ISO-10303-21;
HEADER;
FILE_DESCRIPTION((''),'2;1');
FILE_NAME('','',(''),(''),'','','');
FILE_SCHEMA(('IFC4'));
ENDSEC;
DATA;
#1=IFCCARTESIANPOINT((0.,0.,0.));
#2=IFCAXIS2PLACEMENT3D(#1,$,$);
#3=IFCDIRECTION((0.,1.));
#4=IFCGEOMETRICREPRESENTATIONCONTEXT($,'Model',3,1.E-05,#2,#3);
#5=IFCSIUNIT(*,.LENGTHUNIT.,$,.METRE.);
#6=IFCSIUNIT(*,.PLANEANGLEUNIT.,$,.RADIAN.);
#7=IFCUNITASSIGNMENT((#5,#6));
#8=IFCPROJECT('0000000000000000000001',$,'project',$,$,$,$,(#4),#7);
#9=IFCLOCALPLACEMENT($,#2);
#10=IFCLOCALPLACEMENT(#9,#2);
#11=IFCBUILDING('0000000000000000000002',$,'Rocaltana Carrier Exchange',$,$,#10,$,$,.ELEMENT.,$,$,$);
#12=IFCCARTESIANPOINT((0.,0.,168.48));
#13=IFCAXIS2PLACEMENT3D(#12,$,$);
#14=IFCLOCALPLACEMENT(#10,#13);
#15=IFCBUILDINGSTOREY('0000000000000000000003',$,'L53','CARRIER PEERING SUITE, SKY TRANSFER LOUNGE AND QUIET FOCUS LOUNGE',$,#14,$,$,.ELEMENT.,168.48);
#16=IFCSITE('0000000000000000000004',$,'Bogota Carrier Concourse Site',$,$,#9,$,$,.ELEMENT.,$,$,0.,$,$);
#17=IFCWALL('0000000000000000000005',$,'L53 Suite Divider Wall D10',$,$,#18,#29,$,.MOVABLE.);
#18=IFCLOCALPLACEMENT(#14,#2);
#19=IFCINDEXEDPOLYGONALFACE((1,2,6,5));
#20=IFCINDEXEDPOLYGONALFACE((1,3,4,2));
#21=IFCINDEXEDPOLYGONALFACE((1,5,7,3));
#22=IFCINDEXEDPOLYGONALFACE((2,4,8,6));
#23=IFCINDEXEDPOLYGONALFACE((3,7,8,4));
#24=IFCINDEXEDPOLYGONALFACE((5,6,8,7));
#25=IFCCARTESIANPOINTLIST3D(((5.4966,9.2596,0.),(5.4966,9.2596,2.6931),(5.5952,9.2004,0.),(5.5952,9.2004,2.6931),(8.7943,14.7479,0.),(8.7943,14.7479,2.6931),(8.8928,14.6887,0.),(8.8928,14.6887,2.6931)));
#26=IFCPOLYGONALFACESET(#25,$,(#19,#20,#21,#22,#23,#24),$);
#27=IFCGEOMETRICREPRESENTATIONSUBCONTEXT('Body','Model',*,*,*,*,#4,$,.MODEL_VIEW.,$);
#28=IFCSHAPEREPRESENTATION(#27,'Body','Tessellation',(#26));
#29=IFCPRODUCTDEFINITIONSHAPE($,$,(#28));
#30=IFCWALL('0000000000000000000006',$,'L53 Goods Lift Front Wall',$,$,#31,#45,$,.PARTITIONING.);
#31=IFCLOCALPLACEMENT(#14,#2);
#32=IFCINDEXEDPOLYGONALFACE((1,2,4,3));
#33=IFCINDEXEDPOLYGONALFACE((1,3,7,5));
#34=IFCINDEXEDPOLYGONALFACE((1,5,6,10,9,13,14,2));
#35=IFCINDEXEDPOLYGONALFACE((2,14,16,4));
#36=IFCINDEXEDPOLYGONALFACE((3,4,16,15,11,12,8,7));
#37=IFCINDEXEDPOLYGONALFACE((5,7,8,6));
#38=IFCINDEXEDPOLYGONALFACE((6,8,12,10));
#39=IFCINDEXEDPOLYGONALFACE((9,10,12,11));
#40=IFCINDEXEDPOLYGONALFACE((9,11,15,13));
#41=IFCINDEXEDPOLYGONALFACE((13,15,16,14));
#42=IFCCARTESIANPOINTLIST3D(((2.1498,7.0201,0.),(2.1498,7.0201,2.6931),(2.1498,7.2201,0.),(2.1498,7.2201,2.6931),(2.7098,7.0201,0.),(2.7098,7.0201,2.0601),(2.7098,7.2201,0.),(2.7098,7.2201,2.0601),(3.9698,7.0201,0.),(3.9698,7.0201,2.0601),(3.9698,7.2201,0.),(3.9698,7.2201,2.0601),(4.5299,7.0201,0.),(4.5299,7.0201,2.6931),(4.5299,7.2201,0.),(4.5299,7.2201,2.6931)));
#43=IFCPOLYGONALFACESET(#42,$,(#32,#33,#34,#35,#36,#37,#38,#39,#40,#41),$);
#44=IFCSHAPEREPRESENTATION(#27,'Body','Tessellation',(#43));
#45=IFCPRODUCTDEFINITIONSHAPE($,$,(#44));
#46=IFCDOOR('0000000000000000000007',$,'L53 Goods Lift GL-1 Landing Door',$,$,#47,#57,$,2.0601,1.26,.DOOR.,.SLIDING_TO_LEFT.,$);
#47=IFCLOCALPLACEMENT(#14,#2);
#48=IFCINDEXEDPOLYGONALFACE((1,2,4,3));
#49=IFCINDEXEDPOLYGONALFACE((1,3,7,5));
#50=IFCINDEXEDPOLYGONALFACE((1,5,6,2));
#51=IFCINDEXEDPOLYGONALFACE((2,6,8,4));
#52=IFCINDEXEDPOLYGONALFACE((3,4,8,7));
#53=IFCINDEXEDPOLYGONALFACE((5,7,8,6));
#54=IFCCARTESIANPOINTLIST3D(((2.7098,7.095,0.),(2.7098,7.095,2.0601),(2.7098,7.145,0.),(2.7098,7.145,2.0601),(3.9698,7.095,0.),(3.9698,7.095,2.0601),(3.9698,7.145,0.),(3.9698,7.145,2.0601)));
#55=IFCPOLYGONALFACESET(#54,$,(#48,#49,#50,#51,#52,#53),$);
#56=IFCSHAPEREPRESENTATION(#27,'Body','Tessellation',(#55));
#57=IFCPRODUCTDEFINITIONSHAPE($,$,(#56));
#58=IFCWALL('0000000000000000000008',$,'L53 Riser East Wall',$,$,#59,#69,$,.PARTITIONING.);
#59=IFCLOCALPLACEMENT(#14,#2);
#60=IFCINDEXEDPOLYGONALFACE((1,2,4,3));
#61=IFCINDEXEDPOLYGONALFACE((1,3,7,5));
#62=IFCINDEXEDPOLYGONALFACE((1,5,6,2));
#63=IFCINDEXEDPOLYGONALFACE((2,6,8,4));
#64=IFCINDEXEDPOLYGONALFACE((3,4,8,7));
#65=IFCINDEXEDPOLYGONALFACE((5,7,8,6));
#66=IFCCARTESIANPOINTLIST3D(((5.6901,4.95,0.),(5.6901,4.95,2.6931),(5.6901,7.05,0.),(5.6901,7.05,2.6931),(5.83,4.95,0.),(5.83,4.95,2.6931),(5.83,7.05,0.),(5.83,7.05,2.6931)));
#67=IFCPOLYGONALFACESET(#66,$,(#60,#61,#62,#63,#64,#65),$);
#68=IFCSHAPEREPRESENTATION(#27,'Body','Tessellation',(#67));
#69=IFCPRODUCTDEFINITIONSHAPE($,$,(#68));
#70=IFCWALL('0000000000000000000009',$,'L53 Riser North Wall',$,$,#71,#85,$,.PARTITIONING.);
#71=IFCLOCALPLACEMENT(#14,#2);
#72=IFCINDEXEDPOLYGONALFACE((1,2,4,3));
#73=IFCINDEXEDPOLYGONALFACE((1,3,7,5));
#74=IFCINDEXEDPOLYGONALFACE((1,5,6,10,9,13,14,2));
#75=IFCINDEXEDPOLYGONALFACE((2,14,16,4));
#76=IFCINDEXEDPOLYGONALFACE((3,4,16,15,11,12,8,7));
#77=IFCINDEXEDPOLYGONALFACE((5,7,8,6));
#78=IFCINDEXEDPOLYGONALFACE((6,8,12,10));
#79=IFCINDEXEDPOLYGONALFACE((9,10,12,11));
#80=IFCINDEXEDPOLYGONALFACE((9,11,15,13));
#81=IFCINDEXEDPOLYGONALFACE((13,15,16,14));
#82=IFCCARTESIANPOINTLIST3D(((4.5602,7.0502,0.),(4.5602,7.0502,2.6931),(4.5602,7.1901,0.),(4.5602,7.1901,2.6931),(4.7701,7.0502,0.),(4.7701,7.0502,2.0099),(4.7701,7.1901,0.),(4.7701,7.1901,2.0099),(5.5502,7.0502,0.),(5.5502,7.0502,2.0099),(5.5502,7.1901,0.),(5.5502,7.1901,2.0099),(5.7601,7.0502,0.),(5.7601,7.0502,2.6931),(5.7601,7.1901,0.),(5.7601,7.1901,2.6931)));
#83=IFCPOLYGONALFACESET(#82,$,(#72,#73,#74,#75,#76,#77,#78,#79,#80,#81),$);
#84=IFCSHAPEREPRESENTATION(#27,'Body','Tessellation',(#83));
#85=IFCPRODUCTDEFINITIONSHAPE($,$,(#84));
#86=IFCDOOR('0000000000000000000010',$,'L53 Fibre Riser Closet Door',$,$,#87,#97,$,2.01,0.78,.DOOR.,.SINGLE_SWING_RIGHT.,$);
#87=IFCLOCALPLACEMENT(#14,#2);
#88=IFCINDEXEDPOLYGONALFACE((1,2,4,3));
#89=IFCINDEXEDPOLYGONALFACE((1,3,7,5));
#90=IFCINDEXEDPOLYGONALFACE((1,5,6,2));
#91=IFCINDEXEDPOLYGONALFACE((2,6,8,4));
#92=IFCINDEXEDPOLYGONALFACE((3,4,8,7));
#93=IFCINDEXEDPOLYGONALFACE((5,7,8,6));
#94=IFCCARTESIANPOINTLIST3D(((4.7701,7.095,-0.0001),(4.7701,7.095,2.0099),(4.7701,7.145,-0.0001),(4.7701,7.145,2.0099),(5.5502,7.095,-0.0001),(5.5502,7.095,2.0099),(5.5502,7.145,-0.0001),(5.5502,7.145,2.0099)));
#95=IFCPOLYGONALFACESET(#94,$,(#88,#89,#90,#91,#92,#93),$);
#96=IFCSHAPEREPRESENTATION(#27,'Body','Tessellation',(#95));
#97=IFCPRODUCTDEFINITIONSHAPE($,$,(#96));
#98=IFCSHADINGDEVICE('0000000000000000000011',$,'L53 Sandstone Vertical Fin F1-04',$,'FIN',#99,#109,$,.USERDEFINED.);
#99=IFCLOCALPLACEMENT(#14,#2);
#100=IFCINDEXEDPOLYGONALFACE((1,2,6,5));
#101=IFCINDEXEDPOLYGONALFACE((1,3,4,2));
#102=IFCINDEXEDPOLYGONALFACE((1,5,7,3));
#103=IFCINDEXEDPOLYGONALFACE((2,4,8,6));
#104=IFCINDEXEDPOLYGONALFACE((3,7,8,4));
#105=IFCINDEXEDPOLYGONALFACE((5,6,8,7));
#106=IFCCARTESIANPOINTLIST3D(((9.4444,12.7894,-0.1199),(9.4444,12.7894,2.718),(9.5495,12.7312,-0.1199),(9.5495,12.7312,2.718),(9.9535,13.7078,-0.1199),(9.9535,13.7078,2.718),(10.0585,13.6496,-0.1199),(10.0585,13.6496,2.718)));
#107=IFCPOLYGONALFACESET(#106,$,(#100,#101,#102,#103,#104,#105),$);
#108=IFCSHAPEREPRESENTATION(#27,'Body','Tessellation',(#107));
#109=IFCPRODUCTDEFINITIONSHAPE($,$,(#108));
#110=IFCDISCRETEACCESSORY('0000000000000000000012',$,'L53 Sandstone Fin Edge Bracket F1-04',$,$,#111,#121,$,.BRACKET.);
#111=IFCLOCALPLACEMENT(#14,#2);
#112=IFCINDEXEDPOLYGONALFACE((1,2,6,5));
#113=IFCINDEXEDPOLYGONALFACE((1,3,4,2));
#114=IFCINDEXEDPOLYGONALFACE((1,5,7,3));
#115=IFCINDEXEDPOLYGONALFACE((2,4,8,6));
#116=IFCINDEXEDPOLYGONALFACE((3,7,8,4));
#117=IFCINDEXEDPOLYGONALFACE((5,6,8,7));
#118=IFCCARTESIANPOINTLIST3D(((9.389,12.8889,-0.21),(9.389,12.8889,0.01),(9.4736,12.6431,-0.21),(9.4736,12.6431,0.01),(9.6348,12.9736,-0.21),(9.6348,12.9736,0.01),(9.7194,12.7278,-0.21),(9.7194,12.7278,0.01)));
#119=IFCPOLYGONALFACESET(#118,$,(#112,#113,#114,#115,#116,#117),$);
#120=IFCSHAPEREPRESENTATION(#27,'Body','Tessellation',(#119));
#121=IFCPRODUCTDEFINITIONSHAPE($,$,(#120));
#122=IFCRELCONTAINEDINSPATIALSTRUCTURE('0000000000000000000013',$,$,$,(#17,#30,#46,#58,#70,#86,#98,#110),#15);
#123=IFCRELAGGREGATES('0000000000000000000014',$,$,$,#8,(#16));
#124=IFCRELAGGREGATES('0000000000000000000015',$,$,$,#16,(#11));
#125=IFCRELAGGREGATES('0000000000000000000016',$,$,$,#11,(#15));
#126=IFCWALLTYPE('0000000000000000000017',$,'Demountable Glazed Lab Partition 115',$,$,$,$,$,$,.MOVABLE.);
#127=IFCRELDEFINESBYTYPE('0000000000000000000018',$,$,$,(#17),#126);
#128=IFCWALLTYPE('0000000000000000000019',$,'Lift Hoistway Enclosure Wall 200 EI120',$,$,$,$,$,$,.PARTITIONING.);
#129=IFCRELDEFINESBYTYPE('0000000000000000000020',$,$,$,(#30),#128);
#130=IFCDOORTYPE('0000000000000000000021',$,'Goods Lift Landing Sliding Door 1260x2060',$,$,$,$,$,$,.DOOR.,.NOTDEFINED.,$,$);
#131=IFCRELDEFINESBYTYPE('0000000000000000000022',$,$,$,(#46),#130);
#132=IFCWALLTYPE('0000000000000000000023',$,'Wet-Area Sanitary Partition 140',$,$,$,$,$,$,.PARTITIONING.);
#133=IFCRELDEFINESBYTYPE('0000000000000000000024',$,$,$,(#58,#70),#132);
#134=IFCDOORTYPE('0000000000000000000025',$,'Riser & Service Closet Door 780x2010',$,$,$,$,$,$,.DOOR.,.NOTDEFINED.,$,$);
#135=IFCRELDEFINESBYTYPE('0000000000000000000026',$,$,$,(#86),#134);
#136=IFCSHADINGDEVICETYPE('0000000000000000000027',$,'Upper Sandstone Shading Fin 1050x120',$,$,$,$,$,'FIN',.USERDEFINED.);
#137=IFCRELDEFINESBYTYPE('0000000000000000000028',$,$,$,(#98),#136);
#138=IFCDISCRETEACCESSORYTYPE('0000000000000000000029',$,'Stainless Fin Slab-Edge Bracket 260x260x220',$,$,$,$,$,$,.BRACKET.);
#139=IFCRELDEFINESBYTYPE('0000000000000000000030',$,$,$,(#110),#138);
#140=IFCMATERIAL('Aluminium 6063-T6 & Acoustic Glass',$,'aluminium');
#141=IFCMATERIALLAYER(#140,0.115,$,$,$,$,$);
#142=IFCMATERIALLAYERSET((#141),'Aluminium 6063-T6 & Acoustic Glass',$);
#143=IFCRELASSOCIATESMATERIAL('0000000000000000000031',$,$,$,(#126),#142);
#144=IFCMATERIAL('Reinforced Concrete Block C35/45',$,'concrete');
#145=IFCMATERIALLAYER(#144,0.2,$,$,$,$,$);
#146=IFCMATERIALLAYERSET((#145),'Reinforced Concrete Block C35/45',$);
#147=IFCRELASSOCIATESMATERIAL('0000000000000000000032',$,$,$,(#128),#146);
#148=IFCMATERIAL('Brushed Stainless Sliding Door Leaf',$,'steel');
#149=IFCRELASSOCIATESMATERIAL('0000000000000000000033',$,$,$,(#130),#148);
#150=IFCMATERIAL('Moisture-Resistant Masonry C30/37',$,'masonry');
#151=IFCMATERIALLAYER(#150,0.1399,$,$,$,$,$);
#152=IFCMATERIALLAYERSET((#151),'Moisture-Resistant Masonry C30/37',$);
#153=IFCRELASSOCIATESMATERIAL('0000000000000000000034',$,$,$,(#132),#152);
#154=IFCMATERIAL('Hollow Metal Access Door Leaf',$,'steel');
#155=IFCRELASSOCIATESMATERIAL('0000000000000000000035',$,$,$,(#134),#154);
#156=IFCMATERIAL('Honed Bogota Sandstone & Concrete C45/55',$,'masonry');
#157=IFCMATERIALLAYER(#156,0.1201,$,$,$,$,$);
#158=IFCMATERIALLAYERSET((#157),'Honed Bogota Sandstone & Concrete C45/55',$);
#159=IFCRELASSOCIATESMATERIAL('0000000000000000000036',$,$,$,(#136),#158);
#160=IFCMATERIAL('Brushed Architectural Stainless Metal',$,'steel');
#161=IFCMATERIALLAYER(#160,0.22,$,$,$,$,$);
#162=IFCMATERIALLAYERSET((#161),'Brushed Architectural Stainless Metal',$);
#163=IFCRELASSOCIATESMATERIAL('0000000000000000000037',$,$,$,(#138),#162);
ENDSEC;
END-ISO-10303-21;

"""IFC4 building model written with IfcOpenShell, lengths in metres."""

from ifc_helpers import new_model, si_unit, direction, frame, frame_2d, origin, origin_2d, place, context, subcontext, project, spatial, rectangle, extrude, material, layer, layer_set, type_object, element, fill, save


model = new_model("IFC4")

# Units and contexts
model_context = context("Model", 3, precision=1e-05, world=origin(), true_north=direction((0.0, 1.0)))
body_context = subcontext(model_context, "Body", "Model", "MODEL_VIEW")
ifc_project = project(units=[si_unit("LENGTHUNIT", "METRE"), si_unit("PLANEANGLEUNIT", "RADIAN")], contexts=[model_context])

# Site, building, storey
site_placement = place(None, origin())
site = spatial("IfcSite", under=ifc_project, at=site_placement, Name="Bogota Carrier Concourse Site", CompositionType="ELEMENT", RefElevation=0.0)
building_placement = place(site_placement, origin())
building = spatial("IfcBuilding", under=site, at=building_placement, Name="Rocaltana Carrier Exchange", CompositionType="ELEMENT")
storey_placement = place(building_placement, frame((0.0, 0.0, 168.48)))
storey = spatial("IfcBuildingStorey", under=building, at=storey_placement, Name="L53", Description="CARRIER PEERING SUITE, SKY TRANSFER LOUNGE AND QUIET FOCUS LOUNGE", CompositionType="ELEMENT", Elevation=168.48)

# Wall
ifc_material_1 = material(Name="Aluminium 6063-T6 & Acoustic Glass", Category="aluminium")
ifc_layer_1 = layer(ifc_material_1, 0.115)
ifc_layer_set_1 = layer_set([ifc_layer_1], Name="Aluminium 6063-T6 & Acoustic Glass")
wall_type_1 = type_object("IfcWallType", Name="Demountable Glazed Lab Partition 115", PredefinedType="MOVABLE", material=ifc_layer_set_1)
wall_1_placement = place(storey_placement, frame((5.5459, 9.23, 0.0), z_axis=(0.0, 0.0, 1.0), x_axis=(0.515028, 0.857173, 0.0)))
element("IfcWall", 1, at=wall_1_placement, inside=storey, type_object=wall_type_1, Name="L53 Suite Divider Wall D10", PredefinedType="MOVABLE", context=body_context, shape_type="SweptSolid", body=[
    extrude(rectangle(XDim=6.4028, YDim=0.115, at=frame_2d((3.2014, 0.0))), origin(), (0.0, 0.0, 1.0), 2.6931),
])

# Wall, opening, door
ifc_material_2 = material(Name="Reinforced Concrete Block C35/45", Category="concrete")
ifc_layer_2 = layer(ifc_material_2, 0.2)
ifc_layer_set_2 = layer_set([ifc_layer_2], Name="Reinforced Concrete Block C35/45")
wall_type_2 = type_object("IfcWallType", Name="Lift Hoistway Enclosure Wall 200 EI120", PredefinedType="PARTITIONING", material=ifc_layer_set_2)
wall_2_placement = place(storey_placement, frame((2.1499, 7.1201, 0.0), z_axis=(0.0, 0.0, 1.0), x_axis=(1.0, 0.0, 0.0)))
wall_2 = element("IfcWall", 2, at=wall_2_placement, inside=storey, type_object=wall_type_2, Name="L53 Goods Lift Front Wall", PredefinedType="PARTITIONING", context=body_context, shape_type="SweptSolid", body=[
    extrude(rectangle(XDim=2.3801, YDim=0.2, at=frame_2d((1.1899, 0.0))), origin(), (0.0, 0.0, 1.0), 2.6931),
])
opening_1_placement = place(wall_2_placement, frame((0.5601, 0.0, 0.0)))
opening_1 = element("IfcOpeningElement", 3, at=opening_1_placement, cuts=wall_2, PredefinedType="OPENING", context=body_context, shape_type="SweptSolid", body=[
    extrude(rectangle(XDim=1.26, YDim=2.0601, at=frame_2d((0.6299, 1.03))), frame((0.0, 0.1099, 0.0), z_axis=(0.0, -1.0, 0.0), x_axis=(1.0, 0.0, 0.0)), (0.0, 0.0, 1.0), 0.22),
])
ifc_material_3 = material(Name="Brushed Stainless Sliding Door Leaf", Category="steel")
door_type_1 = type_object("IfcDoorType", Name="Goods Lift Landing Sliding Door 1260x2060", OperationType="NOTDEFINED", PredefinedType="DOOR", material=ifc_material_3)
door_1_placement = place(opening_1_placement, origin())
door_1 = element("IfcDoor", 4, at=door_1_placement, inside=storey, type_object=door_type_1, Name="L53 Goods Lift GL-1 Landing Door", OperationType="SLIDING_TO_LEFT", OverallHeight=2.0601, OverallWidth=1.26, PredefinedType="DOOR", context=body_context, shape_type="SweptSolid", body=[
    extrude(rectangle(XDim=1.26, YDim=2.0601, at=frame_2d((0.6299, 1.03))), frame((0.0, 0.0249, 0.0), z_axis=(0.0, -1.0, 0.0), x_axis=(1.0, 0.0, 0.0)), (0.0, 0.0, 1.0), 0.05),
])
fill(opening_1, door_1)

# Wall
ifc_material_4 = material(Name="Moisture-Resistant Masonry C30/37", Category="masonry")
ifc_layer_3 = layer(ifc_material_4, 0.1399)
ifc_layer_set_3 = layer_set([ifc_layer_3], Name="Moisture-Resistant Masonry C30/37")
wall_type_3 = type_object("IfcWallType", Name="Wet-Area Sanitary Partition 140", PredefinedType="PARTITIONING", material=ifc_layer_set_3)
wall_3_placement = place(storey_placement, frame((5.76, 4.95, 0.0), z_axis=(0.0, 0.0, 1.0), x_axis=(0.0, 1.0, 0.0)))
element("IfcWall", 5, at=wall_3_placement, inside=storey, type_object=wall_type_3, Name="L53 Riser East Wall", PredefinedType="PARTITIONING", context=body_context, shape_type="SweptSolid", body=[
    extrude(rectangle(XDim=2.1001, YDim=0.1399, at=frame_2d((1.05, 0.0))), origin(), (0.0, 0.0, 1.0), 2.6931),
])

# Wall, opening, door
wall_4_placement = place(storey_placement, frame((4.5601, 7.1201, 0.0), z_axis=(0.0, 0.0, 1.0), x_axis=(1.0, 0.0, 0.0)))
wall_4 = element("IfcWall", 6, at=wall_4_placement, inside=storey, type_object=wall_type_3, Name="L53 Riser North Wall", PredefinedType="PARTITIONING", context=body_context, shape_type="SweptSolid", body=[
    extrude(rectangle(XDim=1.2, YDim=0.1399, at=frame_2d((0.6001, 0.0))), origin(), (0.0, 0.0, 1.0), 2.6931),
])
opening_2_placement = place(wall_4_placement, frame((0.21, 0.0, 0.0)))
opening_2 = element("IfcOpeningElement", 7, at=opening_2_placement, cuts=wall_4, PredefinedType="OPENING", context=body_context, shape_type="SweptSolid", body=[
    extrude(rectangle(XDim=0.78, YDim=2.01, at=frame_2d((0.3901, 1.0049))), frame((0.0, 0.0798, 0.0), z_axis=(0.0, -1.0, 0.0), x_axis=(1.0, 0.0, 0.0)), (0.0, 0.0, 1.0), 0.1599),
])
ifc_material_5 = material(Name="Hollow Metal Access Door Leaf", Category="steel")
door_type_2 = type_object("IfcDoorType", Name="Riser & Service Closet Door 780x2010", OperationType="NOTDEFINED", PredefinedType="DOOR", material=ifc_material_5)
door_2_placement = place(opening_2_placement, origin())
door_2 = element("IfcDoor", 8, at=door_2_placement, inside=storey, type_object=door_type_2, Name="L53 Fibre Riser Closet Door", OperationType="SINGLE_SWING_RIGHT", OverallHeight=2.01, OverallWidth=0.78, PredefinedType="DOOR", context=body_context, shape_type="SweptSolid", body=[
    extrude(rectangle(XDim=0.78, YDim=2.01, at=frame_2d((0.3901, 1.0049))), frame((0.0, 0.0249, 0.0), z_axis=(0.0, -1.0, 0.0), x_axis=(1.0, 0.0, 0.0)), (0.0, 0.0, 1.0), 0.05),
])
fill(opening_2, door_2)

# Shading device
ifc_material_6 = material(Name="Honed Bogota Sandstone & Concrete C45/55", Category="masonry")
ifc_layer_4 = layer(ifc_material_6, 0.1201)
ifc_layer_set_4 = layer_set([ifc_layer_4], Name="Honed Bogota Sandstone & Concrete C45/55")
shading_device_type = type_object("IfcShadingDeviceType", Name="Upper Sandstone Shading Fin 1050x120", ElementType="FIN", PredefinedType="USERDEFINED", material=ifc_layer_set_4)
shading_device_placement = place(storey_placement, frame((9.7515, 13.2195, -0.1199), z_axis=(0.0, 0.0, 1.0), x_axis=(0.48481, 0.87462, 0.0)))
element("IfcShadingDevice", 9, at=shading_device_placement, inside=storey, type_object=shading_device_type, Name="L53 Sandstone Vertical Fin F1-04", ObjectType="FIN", PredefinedType="USERDEFINED", context=body_context, shape_type="SweptSolid", body=[
    extrude(rectangle(XDim=1.05, YDim=0.1201, at=origin_2d()), origin(), (0.0, 0.0, 1.0), 2.8379),
])

# Discrete accessory
ifc_material_7 = material(Name="Brushed Architectural Stainless Metal", Category="steel")
ifc_layer_5 = layer(ifc_material_7, 0.22)
ifc_layer_set_5 = layer_set([ifc_layer_5], Name="Brushed Architectural Stainless Metal")
discrete_accessory_type = type_object("IfcDiscreteAccessoryType", Name="Stainless Fin Slab-Edge Bracket 260x260x220", PredefinedType="BRACKET", material=ifc_layer_set_5)
discrete_accessory_placement = place(storey_placement, frame((9.5542, 12.8083, -0.21), z_axis=(0.0, 0.0, 1.0), x_axis=(-0.325568, 0.945519, 0.0)))
element("IfcDiscreteAccessory", 10, at=discrete_accessory_placement, inside=storey, type_object=discrete_accessory_type, Name="L53 Sandstone Fin Edge Bracket F1-04", PredefinedType="BRACKET", context=body_context, shape_type="SweptSolid", body=[
    extrude(rectangle(XDim=0.26, YDim=0.26, at=origin_2d()), origin(), (0.0, 0.0, 1.0), 0.22),
])

save(model, "model.ifc")
